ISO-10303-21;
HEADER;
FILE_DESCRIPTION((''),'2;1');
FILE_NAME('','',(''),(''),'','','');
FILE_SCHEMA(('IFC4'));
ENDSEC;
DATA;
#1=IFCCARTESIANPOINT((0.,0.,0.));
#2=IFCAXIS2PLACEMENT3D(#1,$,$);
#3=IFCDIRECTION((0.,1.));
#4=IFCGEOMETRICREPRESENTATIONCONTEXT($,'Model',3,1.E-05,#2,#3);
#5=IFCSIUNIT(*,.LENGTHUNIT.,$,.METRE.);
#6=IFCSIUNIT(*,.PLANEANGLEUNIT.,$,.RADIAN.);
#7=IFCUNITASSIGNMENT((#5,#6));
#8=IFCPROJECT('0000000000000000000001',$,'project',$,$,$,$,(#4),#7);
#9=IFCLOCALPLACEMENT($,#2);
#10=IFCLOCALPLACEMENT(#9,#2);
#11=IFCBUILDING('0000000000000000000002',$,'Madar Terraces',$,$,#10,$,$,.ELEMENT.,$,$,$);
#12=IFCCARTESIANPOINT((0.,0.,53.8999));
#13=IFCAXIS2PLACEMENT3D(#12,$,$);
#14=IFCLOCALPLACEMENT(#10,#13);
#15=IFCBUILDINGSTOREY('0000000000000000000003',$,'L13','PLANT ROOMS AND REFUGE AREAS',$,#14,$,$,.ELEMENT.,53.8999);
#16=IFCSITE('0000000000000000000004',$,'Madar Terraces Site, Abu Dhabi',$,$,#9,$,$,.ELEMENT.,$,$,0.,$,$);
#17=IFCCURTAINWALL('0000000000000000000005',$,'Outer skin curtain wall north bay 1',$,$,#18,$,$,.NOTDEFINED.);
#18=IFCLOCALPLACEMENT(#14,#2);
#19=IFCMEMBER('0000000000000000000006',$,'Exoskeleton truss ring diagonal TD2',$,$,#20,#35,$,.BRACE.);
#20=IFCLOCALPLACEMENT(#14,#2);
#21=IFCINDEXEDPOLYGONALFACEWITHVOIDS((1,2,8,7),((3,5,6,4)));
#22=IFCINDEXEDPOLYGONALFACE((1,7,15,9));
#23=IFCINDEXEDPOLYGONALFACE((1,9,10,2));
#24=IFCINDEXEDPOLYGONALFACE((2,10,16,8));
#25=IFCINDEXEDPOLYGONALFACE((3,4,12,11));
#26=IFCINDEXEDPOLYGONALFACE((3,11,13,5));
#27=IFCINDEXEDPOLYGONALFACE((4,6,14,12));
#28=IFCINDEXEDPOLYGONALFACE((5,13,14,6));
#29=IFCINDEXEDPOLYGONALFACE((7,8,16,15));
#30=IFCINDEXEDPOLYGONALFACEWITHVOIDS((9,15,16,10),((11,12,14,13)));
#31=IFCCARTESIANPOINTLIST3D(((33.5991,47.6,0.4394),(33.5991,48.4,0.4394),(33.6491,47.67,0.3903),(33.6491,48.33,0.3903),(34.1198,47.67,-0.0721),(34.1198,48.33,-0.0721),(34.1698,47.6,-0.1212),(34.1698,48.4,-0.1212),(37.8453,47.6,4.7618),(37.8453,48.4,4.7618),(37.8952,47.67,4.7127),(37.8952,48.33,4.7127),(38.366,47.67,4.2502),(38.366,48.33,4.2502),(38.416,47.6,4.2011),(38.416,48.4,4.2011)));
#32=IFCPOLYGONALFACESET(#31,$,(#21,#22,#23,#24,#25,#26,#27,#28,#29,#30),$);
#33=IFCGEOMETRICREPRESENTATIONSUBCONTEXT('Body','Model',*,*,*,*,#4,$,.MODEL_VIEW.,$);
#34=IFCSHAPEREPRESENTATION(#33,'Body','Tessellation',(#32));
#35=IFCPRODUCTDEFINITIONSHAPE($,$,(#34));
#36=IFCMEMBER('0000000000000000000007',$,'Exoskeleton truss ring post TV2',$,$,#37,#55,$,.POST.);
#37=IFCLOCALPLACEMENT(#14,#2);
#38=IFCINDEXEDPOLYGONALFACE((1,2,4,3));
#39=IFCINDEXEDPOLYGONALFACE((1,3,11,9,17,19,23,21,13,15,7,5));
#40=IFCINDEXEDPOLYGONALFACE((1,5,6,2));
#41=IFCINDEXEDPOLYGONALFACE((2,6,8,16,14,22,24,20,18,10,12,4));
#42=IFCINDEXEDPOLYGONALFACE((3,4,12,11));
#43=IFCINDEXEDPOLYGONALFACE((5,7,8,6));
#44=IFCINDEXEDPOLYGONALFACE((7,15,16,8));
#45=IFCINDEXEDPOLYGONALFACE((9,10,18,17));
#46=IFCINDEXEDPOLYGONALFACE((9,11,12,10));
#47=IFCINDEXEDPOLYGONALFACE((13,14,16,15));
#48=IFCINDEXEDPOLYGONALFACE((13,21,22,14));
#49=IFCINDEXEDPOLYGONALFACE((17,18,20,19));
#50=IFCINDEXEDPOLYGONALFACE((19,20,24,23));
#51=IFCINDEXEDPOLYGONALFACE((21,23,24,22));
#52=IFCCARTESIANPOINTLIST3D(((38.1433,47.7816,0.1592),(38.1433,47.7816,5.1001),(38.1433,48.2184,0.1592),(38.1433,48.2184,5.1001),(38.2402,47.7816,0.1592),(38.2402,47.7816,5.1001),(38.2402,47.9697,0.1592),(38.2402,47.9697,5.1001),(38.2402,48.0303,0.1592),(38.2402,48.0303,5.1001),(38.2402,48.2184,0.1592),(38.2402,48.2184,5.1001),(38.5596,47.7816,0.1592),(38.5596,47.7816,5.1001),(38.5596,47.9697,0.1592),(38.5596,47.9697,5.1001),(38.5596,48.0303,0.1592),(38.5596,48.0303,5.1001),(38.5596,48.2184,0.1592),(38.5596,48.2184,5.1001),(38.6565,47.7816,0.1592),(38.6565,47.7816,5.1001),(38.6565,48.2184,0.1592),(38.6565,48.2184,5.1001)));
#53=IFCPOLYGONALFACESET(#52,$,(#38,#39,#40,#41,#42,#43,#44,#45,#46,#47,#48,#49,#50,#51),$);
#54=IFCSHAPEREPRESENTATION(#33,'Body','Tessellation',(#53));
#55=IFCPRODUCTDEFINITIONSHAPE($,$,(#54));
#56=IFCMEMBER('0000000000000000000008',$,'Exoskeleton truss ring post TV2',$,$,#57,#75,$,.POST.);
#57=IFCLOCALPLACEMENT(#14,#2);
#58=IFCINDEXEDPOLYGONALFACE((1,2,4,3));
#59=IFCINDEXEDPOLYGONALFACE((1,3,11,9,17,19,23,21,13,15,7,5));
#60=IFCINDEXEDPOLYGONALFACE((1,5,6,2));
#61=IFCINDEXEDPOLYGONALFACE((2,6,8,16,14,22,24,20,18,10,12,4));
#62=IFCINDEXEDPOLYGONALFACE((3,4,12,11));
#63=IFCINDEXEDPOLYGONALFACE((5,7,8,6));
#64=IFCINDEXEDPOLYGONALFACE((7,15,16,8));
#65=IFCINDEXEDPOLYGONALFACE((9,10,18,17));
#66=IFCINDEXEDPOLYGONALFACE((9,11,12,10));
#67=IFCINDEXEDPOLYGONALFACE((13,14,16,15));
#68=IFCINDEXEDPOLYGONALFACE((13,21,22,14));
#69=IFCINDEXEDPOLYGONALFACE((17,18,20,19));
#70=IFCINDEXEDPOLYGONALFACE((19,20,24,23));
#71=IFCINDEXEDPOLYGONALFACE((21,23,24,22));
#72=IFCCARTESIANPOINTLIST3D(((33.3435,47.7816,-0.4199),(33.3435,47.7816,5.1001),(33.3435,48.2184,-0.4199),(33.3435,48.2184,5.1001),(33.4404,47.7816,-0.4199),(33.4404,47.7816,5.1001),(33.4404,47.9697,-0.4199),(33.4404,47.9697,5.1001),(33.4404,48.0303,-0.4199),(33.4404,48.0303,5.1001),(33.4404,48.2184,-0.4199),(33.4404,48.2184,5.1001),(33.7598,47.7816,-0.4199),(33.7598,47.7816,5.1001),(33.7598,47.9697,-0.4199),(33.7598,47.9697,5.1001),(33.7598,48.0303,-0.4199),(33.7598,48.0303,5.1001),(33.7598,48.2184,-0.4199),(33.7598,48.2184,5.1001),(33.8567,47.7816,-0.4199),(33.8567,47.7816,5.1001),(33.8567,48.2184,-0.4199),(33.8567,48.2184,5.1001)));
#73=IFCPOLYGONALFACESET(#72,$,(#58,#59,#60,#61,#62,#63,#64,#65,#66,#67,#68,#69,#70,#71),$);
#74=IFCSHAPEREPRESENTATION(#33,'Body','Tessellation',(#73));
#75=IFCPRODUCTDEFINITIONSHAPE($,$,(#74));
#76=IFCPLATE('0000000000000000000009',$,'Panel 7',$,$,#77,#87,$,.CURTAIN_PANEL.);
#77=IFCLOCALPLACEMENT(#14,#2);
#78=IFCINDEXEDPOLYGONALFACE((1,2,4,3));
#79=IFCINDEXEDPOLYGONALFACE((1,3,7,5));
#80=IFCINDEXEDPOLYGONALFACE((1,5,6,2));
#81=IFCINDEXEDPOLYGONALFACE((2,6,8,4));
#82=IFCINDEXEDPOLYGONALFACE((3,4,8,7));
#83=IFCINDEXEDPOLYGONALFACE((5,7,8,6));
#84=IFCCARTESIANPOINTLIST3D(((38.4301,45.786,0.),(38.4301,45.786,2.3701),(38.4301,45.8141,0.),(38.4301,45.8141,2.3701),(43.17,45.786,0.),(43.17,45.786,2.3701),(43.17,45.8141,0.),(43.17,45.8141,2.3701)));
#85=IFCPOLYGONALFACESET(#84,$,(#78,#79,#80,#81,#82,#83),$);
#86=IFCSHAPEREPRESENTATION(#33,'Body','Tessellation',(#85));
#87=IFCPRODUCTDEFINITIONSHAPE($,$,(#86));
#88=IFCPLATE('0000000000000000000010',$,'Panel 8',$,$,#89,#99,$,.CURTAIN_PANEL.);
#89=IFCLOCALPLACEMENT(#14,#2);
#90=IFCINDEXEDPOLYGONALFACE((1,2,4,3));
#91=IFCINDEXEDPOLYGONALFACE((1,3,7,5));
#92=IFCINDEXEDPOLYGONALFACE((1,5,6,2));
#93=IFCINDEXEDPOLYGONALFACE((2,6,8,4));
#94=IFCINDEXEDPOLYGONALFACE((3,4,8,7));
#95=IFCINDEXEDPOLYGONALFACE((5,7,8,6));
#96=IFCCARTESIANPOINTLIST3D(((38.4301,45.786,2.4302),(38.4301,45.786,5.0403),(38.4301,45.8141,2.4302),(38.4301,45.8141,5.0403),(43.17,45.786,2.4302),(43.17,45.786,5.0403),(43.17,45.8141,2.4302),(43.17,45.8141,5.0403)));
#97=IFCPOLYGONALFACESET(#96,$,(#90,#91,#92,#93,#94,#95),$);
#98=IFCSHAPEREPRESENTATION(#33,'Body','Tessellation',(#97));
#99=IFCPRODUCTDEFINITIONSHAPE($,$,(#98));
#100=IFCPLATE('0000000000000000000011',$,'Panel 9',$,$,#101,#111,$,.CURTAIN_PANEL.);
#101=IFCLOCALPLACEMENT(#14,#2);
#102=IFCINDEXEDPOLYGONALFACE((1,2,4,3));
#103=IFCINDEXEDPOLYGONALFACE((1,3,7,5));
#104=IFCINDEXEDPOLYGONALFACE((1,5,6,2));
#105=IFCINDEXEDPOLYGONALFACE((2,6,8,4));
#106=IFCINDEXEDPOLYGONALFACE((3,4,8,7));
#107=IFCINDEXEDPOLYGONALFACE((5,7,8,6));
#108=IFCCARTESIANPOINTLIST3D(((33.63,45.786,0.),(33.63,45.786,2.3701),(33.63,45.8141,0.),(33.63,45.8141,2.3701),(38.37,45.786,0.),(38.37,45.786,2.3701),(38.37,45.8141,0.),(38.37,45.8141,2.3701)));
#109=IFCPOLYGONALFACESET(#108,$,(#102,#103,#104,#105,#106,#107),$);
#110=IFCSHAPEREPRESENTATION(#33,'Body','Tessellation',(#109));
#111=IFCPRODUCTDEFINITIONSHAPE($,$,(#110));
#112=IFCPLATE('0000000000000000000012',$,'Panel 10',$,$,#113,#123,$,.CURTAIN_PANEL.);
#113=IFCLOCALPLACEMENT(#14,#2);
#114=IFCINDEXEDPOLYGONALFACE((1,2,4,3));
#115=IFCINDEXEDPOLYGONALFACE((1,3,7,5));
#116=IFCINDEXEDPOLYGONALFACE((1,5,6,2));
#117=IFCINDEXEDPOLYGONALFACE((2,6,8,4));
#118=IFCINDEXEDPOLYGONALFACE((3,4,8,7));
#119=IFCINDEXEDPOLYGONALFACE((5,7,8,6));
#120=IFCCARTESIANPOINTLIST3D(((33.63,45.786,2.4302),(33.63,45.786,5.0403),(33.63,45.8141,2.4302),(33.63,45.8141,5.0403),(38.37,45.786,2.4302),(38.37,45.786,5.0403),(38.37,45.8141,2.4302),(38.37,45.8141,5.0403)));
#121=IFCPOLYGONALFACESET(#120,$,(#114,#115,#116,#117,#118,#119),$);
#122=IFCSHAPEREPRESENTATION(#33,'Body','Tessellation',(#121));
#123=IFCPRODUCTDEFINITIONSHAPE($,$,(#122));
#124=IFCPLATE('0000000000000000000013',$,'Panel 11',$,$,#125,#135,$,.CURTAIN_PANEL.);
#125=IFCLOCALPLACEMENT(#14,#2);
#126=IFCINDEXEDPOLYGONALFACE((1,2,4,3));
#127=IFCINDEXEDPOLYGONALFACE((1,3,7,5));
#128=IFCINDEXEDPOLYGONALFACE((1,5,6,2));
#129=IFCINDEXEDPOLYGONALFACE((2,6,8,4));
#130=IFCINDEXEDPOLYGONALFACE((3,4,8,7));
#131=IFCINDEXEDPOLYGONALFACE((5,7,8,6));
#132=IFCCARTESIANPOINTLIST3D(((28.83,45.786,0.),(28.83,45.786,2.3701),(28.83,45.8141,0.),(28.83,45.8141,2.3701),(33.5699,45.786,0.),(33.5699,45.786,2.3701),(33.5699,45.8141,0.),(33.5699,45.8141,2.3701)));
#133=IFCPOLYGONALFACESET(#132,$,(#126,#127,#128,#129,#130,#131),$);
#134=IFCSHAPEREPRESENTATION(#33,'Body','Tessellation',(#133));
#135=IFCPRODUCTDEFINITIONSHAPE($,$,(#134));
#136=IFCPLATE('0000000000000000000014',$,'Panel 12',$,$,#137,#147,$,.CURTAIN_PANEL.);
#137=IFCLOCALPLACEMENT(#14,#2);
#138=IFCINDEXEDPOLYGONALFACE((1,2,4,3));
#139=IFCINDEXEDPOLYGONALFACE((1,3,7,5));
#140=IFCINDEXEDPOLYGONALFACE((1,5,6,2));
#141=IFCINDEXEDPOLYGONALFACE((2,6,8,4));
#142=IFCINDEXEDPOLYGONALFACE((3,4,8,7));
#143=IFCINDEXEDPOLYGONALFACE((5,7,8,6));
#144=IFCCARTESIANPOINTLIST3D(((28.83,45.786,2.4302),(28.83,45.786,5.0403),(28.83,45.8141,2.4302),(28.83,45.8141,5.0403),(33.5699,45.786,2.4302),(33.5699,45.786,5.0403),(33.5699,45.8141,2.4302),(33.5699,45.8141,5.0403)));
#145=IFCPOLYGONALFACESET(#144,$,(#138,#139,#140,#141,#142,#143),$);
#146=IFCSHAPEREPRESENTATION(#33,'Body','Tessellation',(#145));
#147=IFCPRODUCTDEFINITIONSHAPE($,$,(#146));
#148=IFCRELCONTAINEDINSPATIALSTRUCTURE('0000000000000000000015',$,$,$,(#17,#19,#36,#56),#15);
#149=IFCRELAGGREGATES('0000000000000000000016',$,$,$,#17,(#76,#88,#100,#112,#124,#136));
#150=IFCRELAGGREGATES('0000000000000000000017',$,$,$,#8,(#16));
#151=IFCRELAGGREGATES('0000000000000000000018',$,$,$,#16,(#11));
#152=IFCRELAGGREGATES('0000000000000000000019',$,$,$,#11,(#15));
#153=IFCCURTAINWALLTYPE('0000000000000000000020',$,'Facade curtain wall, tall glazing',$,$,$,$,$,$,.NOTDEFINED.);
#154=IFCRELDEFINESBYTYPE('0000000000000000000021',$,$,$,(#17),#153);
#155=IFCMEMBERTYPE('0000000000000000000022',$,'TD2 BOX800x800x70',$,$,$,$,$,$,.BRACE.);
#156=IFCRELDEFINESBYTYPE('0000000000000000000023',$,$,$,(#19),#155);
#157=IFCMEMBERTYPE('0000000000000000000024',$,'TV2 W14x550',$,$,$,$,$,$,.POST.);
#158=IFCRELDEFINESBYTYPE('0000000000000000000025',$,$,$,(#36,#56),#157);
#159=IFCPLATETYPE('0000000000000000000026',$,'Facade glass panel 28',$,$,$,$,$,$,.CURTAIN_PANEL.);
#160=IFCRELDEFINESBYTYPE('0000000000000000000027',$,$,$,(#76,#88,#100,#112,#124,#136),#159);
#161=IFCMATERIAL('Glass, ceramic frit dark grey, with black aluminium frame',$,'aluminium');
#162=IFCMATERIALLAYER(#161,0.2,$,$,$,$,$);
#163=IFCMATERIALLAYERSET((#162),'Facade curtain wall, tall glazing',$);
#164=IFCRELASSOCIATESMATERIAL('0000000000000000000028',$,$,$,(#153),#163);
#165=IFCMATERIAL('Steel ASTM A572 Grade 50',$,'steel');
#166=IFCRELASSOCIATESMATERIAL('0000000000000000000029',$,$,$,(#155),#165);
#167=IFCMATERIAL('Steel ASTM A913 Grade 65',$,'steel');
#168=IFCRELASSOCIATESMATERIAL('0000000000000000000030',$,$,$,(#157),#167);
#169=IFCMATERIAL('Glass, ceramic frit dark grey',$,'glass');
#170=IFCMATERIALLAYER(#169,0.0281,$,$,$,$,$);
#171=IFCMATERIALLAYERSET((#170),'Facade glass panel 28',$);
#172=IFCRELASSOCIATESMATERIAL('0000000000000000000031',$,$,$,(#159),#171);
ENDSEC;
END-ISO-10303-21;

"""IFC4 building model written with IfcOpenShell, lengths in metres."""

from ifc_helpers import new_model, si_unit, direction, frame, origin, origin_2d, place, context, subcontext, project, spatial, rectangle, hollow_rectangle, i_section, extrude, material, layer, layer_set, material_profile, profile_set, type_object, element, aggregate, save


model = new_model("IFC4")

# Units and contexts
model_context = context("Model", 3, precision=1e-05, world=origin(), true_north=direction((0.0, 1.0)))
body_context = subcontext(model_context, "Body", "Model", "MODEL_VIEW")
ifc_project = project(units=[si_unit("LENGTHUNIT", "METRE"), si_unit("PLANEANGLEUNIT", "RADIAN")], contexts=[model_context])

# Site, building, storey
site_placement = place(None, origin())
site = spatial("IfcSite", under=ifc_project, at=site_placement, Name="Madar Terraces Site, Abu Dhabi", CompositionType="ELEMENT", RefElevation=0.0)
building_placement = place(site_placement, origin())
building = spatial("IfcBuilding", under=site, at=building_placement, Name="Madar Terraces", CompositionType="ELEMENT")
storey_placement = place(building_placement, frame((0.0, 0.0, 53.8999)))
storey = spatial("IfcBuildingStorey", under=building, at=storey_placement, Name="L13", Description="PLANT ROOMS AND REFUGE AREAS", CompositionType="ELEMENT", Elevation=53.8999)

# Curtain wall
ifc_material_1 = material(Name="Glass, ceramic frit dark grey, with black aluminium frame", Category="aluminium")
ifc_layer_1 = layer(ifc_material_1, 0.2)
ifc_layer_set_1 = layer_set([ifc_layer_1], Name="Facade curtain wall, tall glazing")
curtain_wall_type = type_object("IfcCurtainWallType", Name="Facade curtain wall, tall glazing", PredefinedType="NOTDEFINED", material=ifc_layer_set_1)
curtain_wall_placement = place(storey_placement, origin())
curtain_wall = element("IfcCurtainWall", 1, at=curtain_wall_placement, inside=storey, type_object=curtain_wall_type, Name="Outer skin curtain wall north bay 1", PredefinedType="NOTDEFINED")

# Members
ifc_material_2 = material(Name="Steel ASTM A572 Grade 50", Category="steel")
ifc_material_profile_1 = material_profile(ifc_material_2, hollow_rectangle(XDim=0.8, YDim=0.8, WallThickness=0.0701, at=origin_2d()), Name="BOX800x800x70")
ifc_profile_set_1 = profile_set([ifc_material_profile_1], Name="Steel ASTM A572 Grade 50")
member_type_1 = type_object("IfcMemberType", Name="TD2 BOX800x800x70", PredefinedType="BRACE", material=ifc_profile_set_1)
member_1_placement = place(storey_placement, frame((38.1306, 48.0, 4.4814), z_axis=(-0.700793, 0.0, -0.713365), x_axis=(0.0, -1.0, 0.0)))
element("IfcMember", 2, at=member_1_placement, inside=storey, type_object=member_type_1, Name="Exoskeleton truss ring diagonal TD2", PredefinedType="BRACE", context=body_context, shape_type="SweptSolid", body=[
    extrude(hollow_rectangle(XDim=0.8, YDim=0.8, WallThickness=0.0701, at=origin_2d()), origin(), (0.0, 0.0, 1.0), 6.0591),
])
ifc_material_3 = material(Name="Steel ASTM A913 Grade 65", Category="steel")
ifc_material_profile_2 = material_profile(ifc_material_3, i_section(OverallWidth=0.4368, OverallDepth=0.5132, WebThickness=0.0605, FlangeThickness=0.0969, at=origin_2d()), Name="W14x550")
ifc_profile_set_2 = profile_set([ifc_material_profile_2], Name="Steel ASTM A913 Grade 65")
member_type_2 = type_object("IfcMemberType", Name="TV2 W14x550", PredefinedType="POST", material=ifc_profile_set_2)
member_2_placement = place(storey_placement, frame((38.3999, 48.0, 0.1592), z_axis=(0.0, 0.0, 1.0), x_axis=(0.0, -1.0, 0.0)))
element("IfcMember", 3, at=member_2_placement, inside=storey, type_object=member_type_2, Name="Exoskeleton truss ring post TV2", PredefinedType="POST", context=body_context, shape_type="SweptSolid", body=[
    extrude(i_section(OverallWidth=0.4368, OverallDepth=0.5132, WebThickness=0.0605, FlangeThickness=0.0969, at=origin_2d()), origin(), (0.0, 0.0, 1.0), 4.9409),
])
member_3_placement = place(storey_placement, frame((33.6001, 48.0, -0.4199), z_axis=(0.0, 0.0, 1.0), x_axis=(0.0, -1.0, 0.0)))
element("IfcMember", 4, at=member_3_placement, inside=storey, type_object=member_type_2, Name="Exoskeleton truss ring post TV2", PredefinedType="POST", context=body_context, shape_type="SweptSolid", body=[
    extrude(i_section(OverallWidth=0.4368, OverallDepth=0.5132, WebThickness=0.0605, FlangeThickness=0.0969, at=origin_2d()), origin(), (0.0, 0.0, 1.0), 5.52),
])

# Plates
ifc_material_4 = material(Name="Glass, ceramic frit dark grey", Category="glass")
ifc_layer_2 = layer(ifc_material_4, 0.0281)
ifc_layer_set_2 = layer_set([ifc_layer_2], Name="Facade glass panel 28")
plate_type = type_object("IfcPlateType", Name="Facade glass panel 28", PredefinedType="CURTAIN_PANEL", material=ifc_layer_set_2)
plate_1_placement = place(storey_placement, frame((40.8, 45.8, 0.0), z_axis=(0.0, 0.0, 1.0), x_axis=(-1.0, 0.0, 0.0)))
plate_1 = element("IfcPlate", 5, at=plate_1_placement, type_object=plate_type, Name="Panel 7", PredefinedType="CURTAIN_PANEL", context=body_context, shape_type="SweptSolid", body=[
    extrude(rectangle(XDim=4.74, YDim=0.0281, at=origin_2d()), origin(), (0.0, 0.0, 1.0), 2.3701),
])
plate_2_placement = place(storey_placement, frame((40.8, 45.8, 2.4302), z_axis=(0.0, 0.0, 1.0), x_axis=(-1.0, 0.0, 0.0)))
plate_2 = element("IfcPlate", 6, at=plate_2_placement, type_object=plate_type, Name="Panel 8", PredefinedType="CURTAIN_PANEL", context=body_context, shape_type="SweptSolid", body=[
    extrude(rectangle(XDim=4.74, YDim=0.0281, at=origin_2d()), origin(), (0.0, 0.0, 1.0), 2.6101),
])
plate_3_placement = place(storey_placement, frame((36.0, 45.8, 0.0), z_axis=(0.0, 0.0, 1.0), x_axis=(-1.0, 0.0, 0.0)))
plate_3 = element("IfcPlate", 7, at=plate_3_placement, type_object=plate_type, Name="Panel 9", PredefinedType="CURTAIN_PANEL", context=body_context, shape_type="SweptSolid", body=[
    extrude(rectangle(XDim=4.74, YDim=0.0281, at=origin_2d()), origin(), (0.0, 0.0, 1.0), 2.3701),
])
plate_4_placement = place(storey_placement, frame((36.0, 45.8, 2.4302), z_axis=(0.0, 0.0, 1.0), x_axis=(-1.0, 0.0, 0.0)))
plate_4 = element("IfcPlate", 8, at=plate_4_placement, type_object=plate_type, Name="Panel 10", PredefinedType="CURTAIN_PANEL", context=body_context, shape_type="SweptSolid", body=[
    extrude(rectangle(XDim=4.74, YDim=0.0281, at=origin_2d()), origin(), (0.0, 0.0, 1.0), 2.6101),
])
plate_5_placement = place(storey_placement, frame((31.2, 45.8, 0.0), z_axis=(0.0, 0.0, 1.0), x_axis=(-1.0, 0.0, 0.0)))
plate_5 = element("IfcPlate", 9, at=plate_5_placement, type_object=plate_type, Name="Panel 11", PredefinedType="CURTAIN_PANEL", context=body_context, shape_type="SweptSolid", body=[
    extrude(rectangle(XDim=4.74, YDim=0.0281, at=origin_2d()), origin(), (0.0, 0.0, 1.0), 2.3701),
])
plate_6_placement = place(storey_placement, frame((31.2, 45.8, 2.4302), z_axis=(0.0, 0.0, 1.0), x_axis=(-1.0, 0.0, 0.0)))
plate_6 = element("IfcPlate", 10, at=plate_6_placement, type_object=plate_type, Name="Panel 12", PredefinedType="CURTAIN_PANEL", context=body_context, shape_type="SweptSolid", body=[
    extrude(rectangle(XDim=4.74, YDim=0.0281, at=origin_2d()), origin(), (0.0, 0.0, 1.0), 2.6101),
])
aggregate(curtain_wall, [plate_1, plate_2, plate_3, plate_4, plate_5, plate_6])

save(model, "model.ifc")
